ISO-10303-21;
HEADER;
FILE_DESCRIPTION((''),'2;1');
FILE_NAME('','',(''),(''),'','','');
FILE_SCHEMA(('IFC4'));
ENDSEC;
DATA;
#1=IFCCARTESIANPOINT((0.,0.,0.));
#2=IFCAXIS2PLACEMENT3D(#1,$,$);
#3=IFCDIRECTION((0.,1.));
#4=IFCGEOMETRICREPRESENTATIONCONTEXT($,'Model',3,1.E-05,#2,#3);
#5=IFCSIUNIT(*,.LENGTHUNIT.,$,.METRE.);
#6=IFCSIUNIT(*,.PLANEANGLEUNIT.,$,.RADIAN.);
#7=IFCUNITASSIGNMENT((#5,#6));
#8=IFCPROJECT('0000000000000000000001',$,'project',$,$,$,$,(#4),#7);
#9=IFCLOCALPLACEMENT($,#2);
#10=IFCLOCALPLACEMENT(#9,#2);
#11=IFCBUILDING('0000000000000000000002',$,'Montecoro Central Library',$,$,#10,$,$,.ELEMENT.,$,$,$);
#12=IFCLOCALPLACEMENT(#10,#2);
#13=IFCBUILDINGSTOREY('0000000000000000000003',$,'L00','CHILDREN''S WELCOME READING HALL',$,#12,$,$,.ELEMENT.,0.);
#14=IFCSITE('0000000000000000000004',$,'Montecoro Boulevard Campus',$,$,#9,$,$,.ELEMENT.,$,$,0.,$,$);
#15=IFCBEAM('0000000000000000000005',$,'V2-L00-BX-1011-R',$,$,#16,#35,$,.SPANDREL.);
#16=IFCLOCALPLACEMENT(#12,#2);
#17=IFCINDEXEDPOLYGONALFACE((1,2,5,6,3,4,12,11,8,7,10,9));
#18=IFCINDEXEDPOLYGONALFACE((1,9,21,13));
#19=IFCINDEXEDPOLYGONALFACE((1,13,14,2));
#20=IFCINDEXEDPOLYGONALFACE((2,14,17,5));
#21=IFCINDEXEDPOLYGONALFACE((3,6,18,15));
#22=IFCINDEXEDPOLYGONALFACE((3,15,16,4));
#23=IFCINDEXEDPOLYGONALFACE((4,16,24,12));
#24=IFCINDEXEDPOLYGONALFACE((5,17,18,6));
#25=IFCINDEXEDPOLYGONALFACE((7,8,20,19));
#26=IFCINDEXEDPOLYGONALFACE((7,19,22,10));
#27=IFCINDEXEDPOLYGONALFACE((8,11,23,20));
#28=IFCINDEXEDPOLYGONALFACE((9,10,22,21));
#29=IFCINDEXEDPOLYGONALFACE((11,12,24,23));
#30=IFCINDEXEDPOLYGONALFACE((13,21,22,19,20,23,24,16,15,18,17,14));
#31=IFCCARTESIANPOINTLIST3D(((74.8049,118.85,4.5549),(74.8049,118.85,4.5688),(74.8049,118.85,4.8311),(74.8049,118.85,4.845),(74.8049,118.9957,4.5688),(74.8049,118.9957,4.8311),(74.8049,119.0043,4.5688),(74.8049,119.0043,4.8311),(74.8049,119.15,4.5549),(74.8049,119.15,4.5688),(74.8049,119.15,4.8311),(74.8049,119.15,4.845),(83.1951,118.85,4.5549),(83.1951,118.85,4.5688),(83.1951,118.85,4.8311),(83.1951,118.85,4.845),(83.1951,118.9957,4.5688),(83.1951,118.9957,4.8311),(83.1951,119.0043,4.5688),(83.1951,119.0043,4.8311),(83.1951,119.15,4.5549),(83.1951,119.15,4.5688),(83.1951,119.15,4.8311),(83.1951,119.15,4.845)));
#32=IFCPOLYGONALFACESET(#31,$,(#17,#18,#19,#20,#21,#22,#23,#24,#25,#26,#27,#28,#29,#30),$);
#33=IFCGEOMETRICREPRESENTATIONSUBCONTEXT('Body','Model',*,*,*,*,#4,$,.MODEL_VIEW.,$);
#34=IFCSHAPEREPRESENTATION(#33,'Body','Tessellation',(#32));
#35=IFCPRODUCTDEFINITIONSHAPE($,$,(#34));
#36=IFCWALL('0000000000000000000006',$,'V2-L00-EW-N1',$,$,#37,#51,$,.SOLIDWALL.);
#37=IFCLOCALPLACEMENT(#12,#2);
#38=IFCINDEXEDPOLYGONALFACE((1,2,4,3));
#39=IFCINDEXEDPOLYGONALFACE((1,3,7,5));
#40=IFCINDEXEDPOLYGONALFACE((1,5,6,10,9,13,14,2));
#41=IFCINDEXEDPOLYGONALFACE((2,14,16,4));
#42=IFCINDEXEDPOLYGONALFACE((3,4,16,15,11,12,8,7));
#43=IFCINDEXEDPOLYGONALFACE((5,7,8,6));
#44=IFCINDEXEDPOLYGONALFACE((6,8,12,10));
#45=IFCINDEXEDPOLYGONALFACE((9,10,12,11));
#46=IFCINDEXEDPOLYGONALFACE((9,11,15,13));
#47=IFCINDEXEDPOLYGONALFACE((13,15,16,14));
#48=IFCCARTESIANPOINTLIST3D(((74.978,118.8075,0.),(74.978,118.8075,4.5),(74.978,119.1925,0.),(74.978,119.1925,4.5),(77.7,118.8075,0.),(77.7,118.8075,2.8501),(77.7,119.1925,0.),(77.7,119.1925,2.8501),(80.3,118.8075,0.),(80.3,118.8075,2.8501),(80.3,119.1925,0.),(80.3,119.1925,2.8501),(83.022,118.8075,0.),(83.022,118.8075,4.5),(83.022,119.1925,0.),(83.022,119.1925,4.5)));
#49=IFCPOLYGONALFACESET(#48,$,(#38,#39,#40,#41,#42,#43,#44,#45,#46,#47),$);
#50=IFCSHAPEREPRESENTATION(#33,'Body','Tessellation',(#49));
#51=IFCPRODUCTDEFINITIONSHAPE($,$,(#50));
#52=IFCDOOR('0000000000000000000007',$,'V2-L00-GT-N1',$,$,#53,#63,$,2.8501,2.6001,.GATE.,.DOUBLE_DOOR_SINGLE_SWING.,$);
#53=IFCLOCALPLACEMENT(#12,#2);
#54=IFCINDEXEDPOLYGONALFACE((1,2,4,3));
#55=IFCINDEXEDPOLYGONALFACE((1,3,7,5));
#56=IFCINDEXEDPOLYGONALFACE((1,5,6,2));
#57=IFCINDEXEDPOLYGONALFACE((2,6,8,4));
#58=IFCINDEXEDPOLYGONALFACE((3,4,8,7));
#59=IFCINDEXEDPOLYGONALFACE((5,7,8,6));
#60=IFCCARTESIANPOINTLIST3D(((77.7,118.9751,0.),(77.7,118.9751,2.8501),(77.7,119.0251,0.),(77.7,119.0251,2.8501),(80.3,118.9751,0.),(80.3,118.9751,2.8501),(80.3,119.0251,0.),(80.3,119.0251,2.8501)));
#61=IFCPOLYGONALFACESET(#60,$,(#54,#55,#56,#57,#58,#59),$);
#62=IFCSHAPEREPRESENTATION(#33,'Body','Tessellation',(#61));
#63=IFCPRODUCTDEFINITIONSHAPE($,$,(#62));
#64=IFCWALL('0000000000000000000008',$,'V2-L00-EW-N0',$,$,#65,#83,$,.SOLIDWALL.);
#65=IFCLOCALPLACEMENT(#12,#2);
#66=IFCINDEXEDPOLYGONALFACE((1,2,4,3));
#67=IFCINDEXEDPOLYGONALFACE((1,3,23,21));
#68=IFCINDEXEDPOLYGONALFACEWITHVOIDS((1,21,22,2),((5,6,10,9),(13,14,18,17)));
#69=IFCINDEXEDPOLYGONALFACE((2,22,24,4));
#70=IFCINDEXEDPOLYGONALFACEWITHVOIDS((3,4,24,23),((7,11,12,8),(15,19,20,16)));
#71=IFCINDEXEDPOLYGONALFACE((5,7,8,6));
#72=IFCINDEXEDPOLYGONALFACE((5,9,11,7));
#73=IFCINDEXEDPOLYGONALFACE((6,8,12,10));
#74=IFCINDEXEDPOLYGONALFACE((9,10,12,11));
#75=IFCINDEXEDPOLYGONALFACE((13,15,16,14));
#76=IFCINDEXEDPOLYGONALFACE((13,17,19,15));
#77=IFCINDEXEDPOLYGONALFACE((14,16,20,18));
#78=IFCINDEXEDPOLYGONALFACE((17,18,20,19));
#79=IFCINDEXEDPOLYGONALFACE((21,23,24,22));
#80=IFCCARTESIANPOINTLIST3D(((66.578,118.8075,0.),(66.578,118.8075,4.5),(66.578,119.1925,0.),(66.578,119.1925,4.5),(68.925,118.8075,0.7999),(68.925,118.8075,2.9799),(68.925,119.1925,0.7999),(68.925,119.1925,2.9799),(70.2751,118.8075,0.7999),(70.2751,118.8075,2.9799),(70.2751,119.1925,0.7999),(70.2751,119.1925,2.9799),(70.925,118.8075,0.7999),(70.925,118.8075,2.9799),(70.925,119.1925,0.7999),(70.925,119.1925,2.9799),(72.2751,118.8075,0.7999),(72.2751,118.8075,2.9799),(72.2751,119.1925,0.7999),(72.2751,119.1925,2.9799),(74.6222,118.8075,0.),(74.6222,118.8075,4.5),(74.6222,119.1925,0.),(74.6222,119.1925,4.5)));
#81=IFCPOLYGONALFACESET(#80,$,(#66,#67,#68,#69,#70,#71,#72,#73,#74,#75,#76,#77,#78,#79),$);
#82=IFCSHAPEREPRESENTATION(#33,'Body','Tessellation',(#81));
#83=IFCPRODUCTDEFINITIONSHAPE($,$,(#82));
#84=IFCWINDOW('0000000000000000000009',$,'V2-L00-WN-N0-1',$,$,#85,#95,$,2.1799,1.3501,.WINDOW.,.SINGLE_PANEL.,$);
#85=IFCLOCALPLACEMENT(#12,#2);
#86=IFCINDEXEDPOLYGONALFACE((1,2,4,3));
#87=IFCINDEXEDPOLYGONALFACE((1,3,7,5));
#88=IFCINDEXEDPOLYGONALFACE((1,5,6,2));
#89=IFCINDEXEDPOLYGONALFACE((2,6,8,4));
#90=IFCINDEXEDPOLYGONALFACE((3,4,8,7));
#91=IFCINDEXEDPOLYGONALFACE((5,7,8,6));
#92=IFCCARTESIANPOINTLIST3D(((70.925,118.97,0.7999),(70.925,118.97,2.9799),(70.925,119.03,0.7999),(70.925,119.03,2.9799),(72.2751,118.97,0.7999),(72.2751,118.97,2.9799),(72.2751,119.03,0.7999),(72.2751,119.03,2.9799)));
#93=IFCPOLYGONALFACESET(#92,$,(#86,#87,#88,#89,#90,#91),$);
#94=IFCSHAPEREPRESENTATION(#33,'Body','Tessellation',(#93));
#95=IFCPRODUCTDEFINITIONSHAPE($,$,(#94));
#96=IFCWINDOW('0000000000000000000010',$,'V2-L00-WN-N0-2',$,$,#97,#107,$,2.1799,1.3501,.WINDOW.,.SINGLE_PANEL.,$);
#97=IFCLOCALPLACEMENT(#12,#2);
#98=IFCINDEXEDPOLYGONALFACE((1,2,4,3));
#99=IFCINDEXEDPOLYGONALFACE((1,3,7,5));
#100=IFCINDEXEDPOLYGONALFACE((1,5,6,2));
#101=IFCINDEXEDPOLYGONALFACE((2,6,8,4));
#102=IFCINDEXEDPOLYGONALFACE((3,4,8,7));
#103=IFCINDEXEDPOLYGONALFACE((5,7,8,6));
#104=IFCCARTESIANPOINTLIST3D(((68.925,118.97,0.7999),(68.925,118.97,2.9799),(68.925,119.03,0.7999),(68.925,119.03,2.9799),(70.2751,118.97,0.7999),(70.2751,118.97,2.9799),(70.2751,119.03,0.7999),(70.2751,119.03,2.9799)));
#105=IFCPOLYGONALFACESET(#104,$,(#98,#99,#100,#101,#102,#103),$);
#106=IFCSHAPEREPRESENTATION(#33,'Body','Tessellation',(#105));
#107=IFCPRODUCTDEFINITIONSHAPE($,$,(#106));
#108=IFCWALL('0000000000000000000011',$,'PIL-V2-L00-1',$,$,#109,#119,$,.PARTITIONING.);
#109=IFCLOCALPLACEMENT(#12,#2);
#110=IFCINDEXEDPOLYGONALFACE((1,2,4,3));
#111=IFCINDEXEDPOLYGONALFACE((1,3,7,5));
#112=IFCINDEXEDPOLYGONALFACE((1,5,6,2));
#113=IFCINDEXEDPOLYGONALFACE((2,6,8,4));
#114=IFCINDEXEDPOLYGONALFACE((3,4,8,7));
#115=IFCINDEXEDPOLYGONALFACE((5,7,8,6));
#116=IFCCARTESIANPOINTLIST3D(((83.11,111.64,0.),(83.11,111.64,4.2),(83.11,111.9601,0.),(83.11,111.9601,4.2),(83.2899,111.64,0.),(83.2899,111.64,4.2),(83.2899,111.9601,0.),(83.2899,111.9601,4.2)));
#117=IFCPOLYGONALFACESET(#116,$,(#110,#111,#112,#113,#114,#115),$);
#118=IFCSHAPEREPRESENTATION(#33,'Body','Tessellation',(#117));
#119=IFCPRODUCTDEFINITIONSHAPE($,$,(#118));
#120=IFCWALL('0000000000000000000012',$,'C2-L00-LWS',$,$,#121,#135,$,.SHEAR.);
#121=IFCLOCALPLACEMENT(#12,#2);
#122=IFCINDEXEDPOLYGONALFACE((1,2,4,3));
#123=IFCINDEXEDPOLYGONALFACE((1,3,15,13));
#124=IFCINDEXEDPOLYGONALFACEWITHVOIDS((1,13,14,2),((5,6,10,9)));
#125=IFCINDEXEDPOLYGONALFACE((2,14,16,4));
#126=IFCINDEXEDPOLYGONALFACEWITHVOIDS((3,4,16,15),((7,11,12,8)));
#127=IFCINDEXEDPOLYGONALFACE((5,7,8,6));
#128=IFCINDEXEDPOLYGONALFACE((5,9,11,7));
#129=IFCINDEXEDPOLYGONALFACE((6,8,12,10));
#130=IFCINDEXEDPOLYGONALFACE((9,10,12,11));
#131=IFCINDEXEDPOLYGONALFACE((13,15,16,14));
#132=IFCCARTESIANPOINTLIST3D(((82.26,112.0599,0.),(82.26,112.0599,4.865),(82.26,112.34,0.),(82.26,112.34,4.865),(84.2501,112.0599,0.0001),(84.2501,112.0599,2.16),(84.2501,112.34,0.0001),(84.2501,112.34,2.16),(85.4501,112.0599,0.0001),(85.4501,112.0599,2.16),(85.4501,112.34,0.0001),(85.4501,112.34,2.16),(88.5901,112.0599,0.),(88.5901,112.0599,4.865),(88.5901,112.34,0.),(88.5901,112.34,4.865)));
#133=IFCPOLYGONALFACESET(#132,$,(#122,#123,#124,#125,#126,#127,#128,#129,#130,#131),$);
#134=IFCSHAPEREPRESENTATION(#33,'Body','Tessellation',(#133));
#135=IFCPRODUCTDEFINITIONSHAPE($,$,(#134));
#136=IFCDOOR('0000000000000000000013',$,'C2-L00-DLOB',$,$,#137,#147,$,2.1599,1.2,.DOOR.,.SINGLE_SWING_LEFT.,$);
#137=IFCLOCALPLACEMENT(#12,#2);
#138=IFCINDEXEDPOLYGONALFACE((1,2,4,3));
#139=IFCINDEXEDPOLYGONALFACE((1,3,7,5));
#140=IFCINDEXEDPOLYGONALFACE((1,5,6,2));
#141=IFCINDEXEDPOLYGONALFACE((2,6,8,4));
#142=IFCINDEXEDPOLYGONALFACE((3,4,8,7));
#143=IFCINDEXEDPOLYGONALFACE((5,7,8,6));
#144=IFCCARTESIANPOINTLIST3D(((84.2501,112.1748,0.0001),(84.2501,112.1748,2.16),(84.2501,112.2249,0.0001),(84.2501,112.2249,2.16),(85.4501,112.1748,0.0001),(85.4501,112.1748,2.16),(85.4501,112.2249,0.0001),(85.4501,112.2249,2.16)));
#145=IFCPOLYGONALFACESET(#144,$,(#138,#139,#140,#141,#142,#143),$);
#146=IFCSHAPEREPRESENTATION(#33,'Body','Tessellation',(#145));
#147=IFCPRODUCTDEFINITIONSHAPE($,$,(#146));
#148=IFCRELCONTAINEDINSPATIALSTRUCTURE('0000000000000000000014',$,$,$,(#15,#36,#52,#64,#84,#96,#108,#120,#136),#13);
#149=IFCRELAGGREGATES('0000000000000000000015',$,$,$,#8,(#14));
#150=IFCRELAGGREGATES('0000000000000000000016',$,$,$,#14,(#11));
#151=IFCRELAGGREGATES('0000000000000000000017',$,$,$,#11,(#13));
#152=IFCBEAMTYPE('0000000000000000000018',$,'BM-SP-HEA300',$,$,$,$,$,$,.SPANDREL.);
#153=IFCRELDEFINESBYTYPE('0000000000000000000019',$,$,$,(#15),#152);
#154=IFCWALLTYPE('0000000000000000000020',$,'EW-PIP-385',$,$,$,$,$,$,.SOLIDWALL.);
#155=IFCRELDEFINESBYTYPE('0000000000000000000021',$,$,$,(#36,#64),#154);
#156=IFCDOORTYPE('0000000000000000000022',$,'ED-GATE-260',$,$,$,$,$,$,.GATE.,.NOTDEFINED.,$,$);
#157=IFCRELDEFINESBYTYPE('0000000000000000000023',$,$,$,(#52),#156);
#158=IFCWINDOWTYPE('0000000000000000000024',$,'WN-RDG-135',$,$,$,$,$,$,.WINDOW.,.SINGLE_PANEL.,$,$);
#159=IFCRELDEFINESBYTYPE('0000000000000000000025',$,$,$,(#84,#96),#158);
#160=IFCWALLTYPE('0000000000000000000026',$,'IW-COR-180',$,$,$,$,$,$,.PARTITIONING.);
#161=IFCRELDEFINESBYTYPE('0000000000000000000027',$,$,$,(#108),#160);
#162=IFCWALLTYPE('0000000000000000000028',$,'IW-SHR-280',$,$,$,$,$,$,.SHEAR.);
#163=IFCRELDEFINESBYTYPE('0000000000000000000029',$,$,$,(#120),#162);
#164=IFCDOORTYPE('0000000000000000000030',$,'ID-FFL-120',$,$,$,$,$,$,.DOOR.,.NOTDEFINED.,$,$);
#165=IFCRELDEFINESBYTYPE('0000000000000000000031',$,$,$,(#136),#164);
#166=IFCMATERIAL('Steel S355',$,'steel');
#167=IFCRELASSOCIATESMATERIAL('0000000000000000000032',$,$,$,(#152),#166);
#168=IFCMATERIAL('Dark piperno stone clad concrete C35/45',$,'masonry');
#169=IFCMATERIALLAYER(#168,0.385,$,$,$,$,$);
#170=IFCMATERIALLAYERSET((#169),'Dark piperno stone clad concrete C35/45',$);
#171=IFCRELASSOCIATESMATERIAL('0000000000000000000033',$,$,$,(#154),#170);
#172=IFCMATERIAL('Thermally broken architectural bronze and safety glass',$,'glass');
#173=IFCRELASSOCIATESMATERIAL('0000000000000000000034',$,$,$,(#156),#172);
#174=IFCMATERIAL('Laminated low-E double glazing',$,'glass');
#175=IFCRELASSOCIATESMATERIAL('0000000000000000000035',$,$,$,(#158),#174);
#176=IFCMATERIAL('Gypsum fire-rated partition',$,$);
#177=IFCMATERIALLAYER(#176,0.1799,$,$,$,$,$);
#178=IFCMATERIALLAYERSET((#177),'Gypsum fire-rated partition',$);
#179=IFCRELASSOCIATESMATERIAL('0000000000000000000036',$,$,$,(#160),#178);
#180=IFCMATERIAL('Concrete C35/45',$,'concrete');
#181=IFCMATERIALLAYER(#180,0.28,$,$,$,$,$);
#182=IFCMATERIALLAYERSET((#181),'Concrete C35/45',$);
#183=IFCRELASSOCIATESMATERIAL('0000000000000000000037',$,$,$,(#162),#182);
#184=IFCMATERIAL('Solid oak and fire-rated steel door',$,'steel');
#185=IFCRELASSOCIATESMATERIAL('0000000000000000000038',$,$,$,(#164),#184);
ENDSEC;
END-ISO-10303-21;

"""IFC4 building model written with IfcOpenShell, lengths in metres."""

from ifc_helpers import new_model, si_unit, direction, frame, frame_2d, origin, origin_2d, place, context, subcontext, project, spatial, rectangle, i_section, extrude, material, layer, layer_set, material_profile, profile_set, type_object, element, fill, save


model = new_model("IFC4")

# Units and contexts
model_context = context("Model", 3, precision=1e-05, world=origin(), true_north=direction((0.0, 1.0)))
body_context = subcontext(model_context, "Body", "Model", "MODEL_VIEW")
ifc_project = project(units=[si_unit("LENGTHUNIT", "METRE"), si_unit("PLANEANGLEUNIT", "RADIAN")], contexts=[model_context])

# Site, building, storey
site_placement = place(None, origin())
site = spatial("IfcSite", under=ifc_project, at=site_placement, Name="Montecoro Boulevard Campus", CompositionType="ELEMENT", RefElevation=0.0)
building_placement = place(site_placement, origin())
building = spatial("IfcBuilding", under=site, at=building_placement, Name="Montecoro Central Library", CompositionType="ELEMENT")
storey_placement = place(building_placement, origin())
storey = spatial("IfcBuildingStorey", under=building, at=storey_placement, Name="L00", Description="CHILDREN'S WELCOME READING HALL", CompositionType="ELEMENT", Elevation=0.0)

# Beam
ifc_material_1 = material(Name="Steel S355", Category="steel")
ifc_material_2 = material(Name="Concrete C35/45", Category="concrete")
ifc_material_profile_1 = material_profile(ifc_material_1, i_section(OverallWidth=0.3, OverallDepth=0.29, WebThickness=0.0085, FlangeThickness=0.0139, at=origin_2d()), Name="HEA 300")
ifc_profile_set_1 = profile_set([ifc_material_profile_1], Name="Steel S355")
beam_type_1 = type_object("IfcBeamType", Name="BM-SP-HEA300", PredefinedType="SPANDREL", material=ifc_profile_set_1)
beam_1_placement = place(storey_placement, frame((74.8049, 119.0, 4.7), z_axis=(1.0, 0.0, 0.0), x_axis=(0.0, 1.0, 0.0)))
element("IfcBeam", 1, at=beam_1_placement, inside=storey, type_object=beam_type_1, Name="V2-L00-BX-1011-R", PredefinedType="SPANDREL", context=body_context, shape_type="SweptSolid", body=[
    extrude(i_section(OverallWidth=0.3, OverallDepth=0.29, WebThickness=0.0085, FlangeThickness=0.0139, at=origin_2d()), origin(), (0.0, 0.0, 1.0), 8.3901),
])

# Wall, opening, door
ifc_material_3 = material(Name="Dark piperno stone clad concrete C35/45", Category="masonry")
ifc_layer_1 = layer(ifc_material_3, 0.385)
ifc_layer_set_1 = layer_set([ifc_layer_1], Name="Dark piperno stone clad concrete C35/45")
wall_type_1 = type_object("IfcWallType", Name="EW-PIP-385", PredefinedType="SOLIDWALL", material=ifc_layer_set_1)
wall_1_placement = place(storey_placement, frame((83.022, 119.0, 0.0), z_axis=(0.0, 0.0, 1.0), x_axis=(-1.0, 0.0, 0.0)))
wall_1 = element("IfcWall", 2, at=wall_1_placement, inside=storey, type_object=wall_type_1, Name="V2-L00-EW-N1", PredefinedType="SOLIDWALL", context=body_context, shape_type="SweptSolid", body=[
    extrude(rectangle(XDim=8.0439, YDim=0.385, at=frame_2d((4.022, 0.0))), origin(), (0.0, 0.0, 1.0), 4.5),
])
opening_1_placement = place(wall_1_placement, frame((2.7219, 0.0, 0.0)))
opening_1 = element("IfcOpeningElement", 3, at=opening_1_placement, cuts=wall_1, PredefinedType="OPENING", context=body_context, shape_type="SweptSolid", body=[
    extrude(rectangle(XDim=2.6001, YDim=2.8501, at=frame_2d((1.3, 1.425))), frame((0.0, 0.2024, 0.0), z_axis=(0.0, -1.0, 0.0), x_axis=(1.0, 0.0, 0.0)), (0.0, 0.0, 1.0), 0.405),
])
ifc_material_4 = material(Name="Thermally broken architectural bronze and safety glass", Category="glass")
door_type_1 = type_object("IfcDoorType", Name="ED-GATE-260", OperationType="NOTDEFINED", PredefinedType="GATE", material=ifc_material_4)
door_1_placement = place(opening_1_placement, origin())
door_1 = element("IfcDoor", 4, at=door_1_placement, inside=storey, type_object=door_type_1, Name="V2-L00-GT-N1", OperationType="DOUBLE_DOOR_SINGLE_SWING", OverallHeight=2.8501, OverallWidth=2.6001, PredefinedType="GATE", context=body_context, shape_type="SweptSolid", body=[
    extrude(rectangle(XDim=2.6001, YDim=2.8501, at=frame_2d((1.3, 1.425))), frame((0.0, 0.0249, 0.0), z_axis=(0.0, -1.0, 0.0), x_axis=(1.0, 0.0, 0.0)), (0.0, 0.0, 1.0), 0.05),
])
fill(opening_1, door_1)

# Wall, openings, windows
wall_2_placement = place(storey_placement, frame((74.6221, 119.0, 0.0), z_axis=(0.0, 0.0, 1.0), x_axis=(-1.0, 0.0, 0.0)))
wall_2 = element("IfcWall", 5, at=wall_2_placement, inside=storey, type_object=wall_type_1, Name="V2-L00-EW-N0", PredefinedType="SOLIDWALL", context=body_context, shape_type="SweptSolid", body=[
    extrude(rectangle(XDim=8.0442, YDim=0.385, at=frame_2d((4.022, 0.0))), origin(), (0.0, 0.0, 1.0), 4.5),
])
opening_2_placement = place(wall_2_placement, frame((2.3469, 0.0, 0.8)))
opening_2 = element("IfcOpeningElement", 6, at=opening_2_placement, cuts=wall_2, PredefinedType="OPENING", context=body_context, shape_type="SweptSolid", body=[
    extrude(rectangle(XDim=1.3501, YDim=2.1799, at=frame_2d((0.675, 1.0898))), frame((0.0, 0.2024, 0.0), z_axis=(0.0, -1.0, 0.0), x_axis=(1.0, 0.0, 0.0)), (0.0, 0.0, 1.0), 0.405),
])
opening_3_placement = place(wall_2_placement, frame((4.3469, 0.0, 0.8)))
opening_3 = element("IfcOpeningElement", 7, at=opening_3_placement, cuts=wall_2, PredefinedType="OPENING", context=body_context, shape_type="SweptSolid", body=[
    extrude(rectangle(XDim=1.3501, YDim=2.1799, at=frame_2d((0.675, 1.0898))), frame((0.0, 0.2024, 0.0), z_axis=(0.0, -1.0, 0.0), x_axis=(1.0, 0.0, 0.0)), (0.0, 0.0, 1.0), 0.405),
])
ifc_material_5 = material(Name="Laminated low-E double glazing", Category="glass")
window_type = type_object("IfcWindowType", Name="WN-RDG-135", PartitioningType="SINGLE_PANEL", PredefinedType="WINDOW", material=ifc_material_5)
window_1_placement = place(opening_2_placement, origin())
window_1 = element("IfcWindow", 8, at=window_1_placement, inside=storey, type_object=window_type, Name="V2-L00-WN-N0-1", OverallHeight=2.1799, OverallWidth=1.3501, PartitioningType="SINGLE_PANEL", PredefinedType="WINDOW", context=body_context, shape_type="SweptSolid", body=[
    extrude(rectangle(XDim=1.3501, YDim=2.1799, at=frame_2d((0.675, 1.0898))), frame((0.0, 0.03, 0.0), z_axis=(0.0, -1.0, 0.0), x_axis=(1.0, 0.0, 0.0)), (0.0, 0.0, 1.0), 0.0601),
])
fill(opening_2, window_1)
window_2_placement = place(opening_3_placement, origin())
window_2 = element("IfcWindow", 9, at=window_2_placement, inside=storey, type_object=window_type, Name="V2-L00-WN-N0-2", OverallHeight=2.1799, OverallWidth=1.3501, PartitioningType="SINGLE_PANEL", PredefinedType="WINDOW", context=body_context, shape_type="SweptSolid", body=[
    extrude(rectangle(XDim=1.3501, YDim=2.1799, at=frame_2d((0.675, 1.0898))), frame((0.0, 0.03, 0.0), z_axis=(0.0, -1.0, 0.0), x_axis=(1.0, 0.0, 0.0)), (0.0, 0.0, 1.0), 0.0601),
])
fill(opening_3, window_2)

# Wall
ifc_material_6 = material(Name="Gypsum fire-rated partition")
ifc_layer_2 = layer(ifc_material_6, 0.1799)
ifc_layer_set_2 = layer_set([ifc_layer_2], Name="Gypsum fire-rated partition")
wall_type_2 = type_object("IfcWallType", Name="IW-COR-180", PredefinedType="PARTITIONING", material=ifc_layer_set_2)
wall_3_placement = place(storey_placement, frame((83.2, 111.6399, 0.0), z_axis=(0.0, 0.0, 1.0), x_axis=(0.0, 1.0, 0.0)))
element("IfcWall", 10, at=wall_3_placement, inside=storey, type_object=wall_type_2, Name="PIL-V2-L00-1", PredefinedType="PARTITIONING", context=body_context, shape_type="SweptSolid", body=[
    extrude(rectangle(XDim=0.3201, YDim=0.1799, at=frame_2d((0.1602, 0.0))), origin(), (0.0, 0.0, 1.0), 4.2),
])

# Wall, opening, door
ifc_layer_3 = layer(ifc_material_2, 0.28)
ifc_layer_set_3 = layer_set([ifc_layer_3], Name="Concrete C35/45")
wall_type_3 = type_object("IfcWallType", Name="IW-SHR-280", PredefinedType="SHEAR", material=ifc_layer_set_3)
wall_4_placement = place(storey_placement, frame((82.26, 112.2, 0.0), z_axis=(0.0, 0.0, 1.0), x_axis=(1.0, 0.0, 0.0)))
wall_4 = element("IfcWall", 11, at=wall_4_placement, inside=storey, type_object=wall_type_3, Name="C2-L00-LWS", PredefinedType="SHEAR", context=body_context, shape_type="SweptSolid", body=[
    extrude(rectangle(XDim=6.3301, YDim=0.28, at=frame_2d((3.165, 0.0))), origin(), (0.0, 0.0, 1.0), 4.865),
])
opening_4_placement = place(wall_4_placement, frame((1.99, 0.0, 0.0)))
opening_4 = element("IfcOpeningElement", 12, at=opening_4_placement, cuts=wall_4, PredefinedType="OPENING", context=body_context, shape_type="SweptSolid", body=[
    extrude(rectangle(XDim=1.2, YDim=2.1599, at=frame_2d((0.6001, 1.0801))), frame((0.0, 0.1499, 0.0), z_axis=(0.0, -1.0, 0.0), x_axis=(1.0, 0.0, 0.0)), (0.0, 0.0, 1.0), 0.3),
])
ifc_material_7 = material(Name="Solid oak and fire-rated steel door", Category="steel")
door_type_2 = type_object("IfcDoorType", Name="ID-FFL-120", OperationType="NOTDEFINED", PredefinedType="DOOR", material=ifc_material_7)
door_2_placement = place(opening_4_placement, origin())
door_2 = element("IfcDoor", 13, at=door_2_placement, inside=storey, type_object=door_type_2, Name="C2-L00-DLOB", OperationType="SINGLE_SWING_LEFT", OverallHeight=2.1599, OverallWidth=1.2, PredefinedType="DOOR", context=body_context, shape_type="SweptSolid", body=[
    extrude(rectangle(XDim=1.2, YDim=2.1599, at=frame_2d((0.6001, 1.0801))), frame((0.0, 0.0249, 0.0), z_axis=(0.0, -1.0, 0.0), x_axis=(1.0, 0.0, 0.0)), (0.0, 0.0, 1.0), 0.05),
])
fill(opening_4, door_2)

save(model, "model.ifc")
